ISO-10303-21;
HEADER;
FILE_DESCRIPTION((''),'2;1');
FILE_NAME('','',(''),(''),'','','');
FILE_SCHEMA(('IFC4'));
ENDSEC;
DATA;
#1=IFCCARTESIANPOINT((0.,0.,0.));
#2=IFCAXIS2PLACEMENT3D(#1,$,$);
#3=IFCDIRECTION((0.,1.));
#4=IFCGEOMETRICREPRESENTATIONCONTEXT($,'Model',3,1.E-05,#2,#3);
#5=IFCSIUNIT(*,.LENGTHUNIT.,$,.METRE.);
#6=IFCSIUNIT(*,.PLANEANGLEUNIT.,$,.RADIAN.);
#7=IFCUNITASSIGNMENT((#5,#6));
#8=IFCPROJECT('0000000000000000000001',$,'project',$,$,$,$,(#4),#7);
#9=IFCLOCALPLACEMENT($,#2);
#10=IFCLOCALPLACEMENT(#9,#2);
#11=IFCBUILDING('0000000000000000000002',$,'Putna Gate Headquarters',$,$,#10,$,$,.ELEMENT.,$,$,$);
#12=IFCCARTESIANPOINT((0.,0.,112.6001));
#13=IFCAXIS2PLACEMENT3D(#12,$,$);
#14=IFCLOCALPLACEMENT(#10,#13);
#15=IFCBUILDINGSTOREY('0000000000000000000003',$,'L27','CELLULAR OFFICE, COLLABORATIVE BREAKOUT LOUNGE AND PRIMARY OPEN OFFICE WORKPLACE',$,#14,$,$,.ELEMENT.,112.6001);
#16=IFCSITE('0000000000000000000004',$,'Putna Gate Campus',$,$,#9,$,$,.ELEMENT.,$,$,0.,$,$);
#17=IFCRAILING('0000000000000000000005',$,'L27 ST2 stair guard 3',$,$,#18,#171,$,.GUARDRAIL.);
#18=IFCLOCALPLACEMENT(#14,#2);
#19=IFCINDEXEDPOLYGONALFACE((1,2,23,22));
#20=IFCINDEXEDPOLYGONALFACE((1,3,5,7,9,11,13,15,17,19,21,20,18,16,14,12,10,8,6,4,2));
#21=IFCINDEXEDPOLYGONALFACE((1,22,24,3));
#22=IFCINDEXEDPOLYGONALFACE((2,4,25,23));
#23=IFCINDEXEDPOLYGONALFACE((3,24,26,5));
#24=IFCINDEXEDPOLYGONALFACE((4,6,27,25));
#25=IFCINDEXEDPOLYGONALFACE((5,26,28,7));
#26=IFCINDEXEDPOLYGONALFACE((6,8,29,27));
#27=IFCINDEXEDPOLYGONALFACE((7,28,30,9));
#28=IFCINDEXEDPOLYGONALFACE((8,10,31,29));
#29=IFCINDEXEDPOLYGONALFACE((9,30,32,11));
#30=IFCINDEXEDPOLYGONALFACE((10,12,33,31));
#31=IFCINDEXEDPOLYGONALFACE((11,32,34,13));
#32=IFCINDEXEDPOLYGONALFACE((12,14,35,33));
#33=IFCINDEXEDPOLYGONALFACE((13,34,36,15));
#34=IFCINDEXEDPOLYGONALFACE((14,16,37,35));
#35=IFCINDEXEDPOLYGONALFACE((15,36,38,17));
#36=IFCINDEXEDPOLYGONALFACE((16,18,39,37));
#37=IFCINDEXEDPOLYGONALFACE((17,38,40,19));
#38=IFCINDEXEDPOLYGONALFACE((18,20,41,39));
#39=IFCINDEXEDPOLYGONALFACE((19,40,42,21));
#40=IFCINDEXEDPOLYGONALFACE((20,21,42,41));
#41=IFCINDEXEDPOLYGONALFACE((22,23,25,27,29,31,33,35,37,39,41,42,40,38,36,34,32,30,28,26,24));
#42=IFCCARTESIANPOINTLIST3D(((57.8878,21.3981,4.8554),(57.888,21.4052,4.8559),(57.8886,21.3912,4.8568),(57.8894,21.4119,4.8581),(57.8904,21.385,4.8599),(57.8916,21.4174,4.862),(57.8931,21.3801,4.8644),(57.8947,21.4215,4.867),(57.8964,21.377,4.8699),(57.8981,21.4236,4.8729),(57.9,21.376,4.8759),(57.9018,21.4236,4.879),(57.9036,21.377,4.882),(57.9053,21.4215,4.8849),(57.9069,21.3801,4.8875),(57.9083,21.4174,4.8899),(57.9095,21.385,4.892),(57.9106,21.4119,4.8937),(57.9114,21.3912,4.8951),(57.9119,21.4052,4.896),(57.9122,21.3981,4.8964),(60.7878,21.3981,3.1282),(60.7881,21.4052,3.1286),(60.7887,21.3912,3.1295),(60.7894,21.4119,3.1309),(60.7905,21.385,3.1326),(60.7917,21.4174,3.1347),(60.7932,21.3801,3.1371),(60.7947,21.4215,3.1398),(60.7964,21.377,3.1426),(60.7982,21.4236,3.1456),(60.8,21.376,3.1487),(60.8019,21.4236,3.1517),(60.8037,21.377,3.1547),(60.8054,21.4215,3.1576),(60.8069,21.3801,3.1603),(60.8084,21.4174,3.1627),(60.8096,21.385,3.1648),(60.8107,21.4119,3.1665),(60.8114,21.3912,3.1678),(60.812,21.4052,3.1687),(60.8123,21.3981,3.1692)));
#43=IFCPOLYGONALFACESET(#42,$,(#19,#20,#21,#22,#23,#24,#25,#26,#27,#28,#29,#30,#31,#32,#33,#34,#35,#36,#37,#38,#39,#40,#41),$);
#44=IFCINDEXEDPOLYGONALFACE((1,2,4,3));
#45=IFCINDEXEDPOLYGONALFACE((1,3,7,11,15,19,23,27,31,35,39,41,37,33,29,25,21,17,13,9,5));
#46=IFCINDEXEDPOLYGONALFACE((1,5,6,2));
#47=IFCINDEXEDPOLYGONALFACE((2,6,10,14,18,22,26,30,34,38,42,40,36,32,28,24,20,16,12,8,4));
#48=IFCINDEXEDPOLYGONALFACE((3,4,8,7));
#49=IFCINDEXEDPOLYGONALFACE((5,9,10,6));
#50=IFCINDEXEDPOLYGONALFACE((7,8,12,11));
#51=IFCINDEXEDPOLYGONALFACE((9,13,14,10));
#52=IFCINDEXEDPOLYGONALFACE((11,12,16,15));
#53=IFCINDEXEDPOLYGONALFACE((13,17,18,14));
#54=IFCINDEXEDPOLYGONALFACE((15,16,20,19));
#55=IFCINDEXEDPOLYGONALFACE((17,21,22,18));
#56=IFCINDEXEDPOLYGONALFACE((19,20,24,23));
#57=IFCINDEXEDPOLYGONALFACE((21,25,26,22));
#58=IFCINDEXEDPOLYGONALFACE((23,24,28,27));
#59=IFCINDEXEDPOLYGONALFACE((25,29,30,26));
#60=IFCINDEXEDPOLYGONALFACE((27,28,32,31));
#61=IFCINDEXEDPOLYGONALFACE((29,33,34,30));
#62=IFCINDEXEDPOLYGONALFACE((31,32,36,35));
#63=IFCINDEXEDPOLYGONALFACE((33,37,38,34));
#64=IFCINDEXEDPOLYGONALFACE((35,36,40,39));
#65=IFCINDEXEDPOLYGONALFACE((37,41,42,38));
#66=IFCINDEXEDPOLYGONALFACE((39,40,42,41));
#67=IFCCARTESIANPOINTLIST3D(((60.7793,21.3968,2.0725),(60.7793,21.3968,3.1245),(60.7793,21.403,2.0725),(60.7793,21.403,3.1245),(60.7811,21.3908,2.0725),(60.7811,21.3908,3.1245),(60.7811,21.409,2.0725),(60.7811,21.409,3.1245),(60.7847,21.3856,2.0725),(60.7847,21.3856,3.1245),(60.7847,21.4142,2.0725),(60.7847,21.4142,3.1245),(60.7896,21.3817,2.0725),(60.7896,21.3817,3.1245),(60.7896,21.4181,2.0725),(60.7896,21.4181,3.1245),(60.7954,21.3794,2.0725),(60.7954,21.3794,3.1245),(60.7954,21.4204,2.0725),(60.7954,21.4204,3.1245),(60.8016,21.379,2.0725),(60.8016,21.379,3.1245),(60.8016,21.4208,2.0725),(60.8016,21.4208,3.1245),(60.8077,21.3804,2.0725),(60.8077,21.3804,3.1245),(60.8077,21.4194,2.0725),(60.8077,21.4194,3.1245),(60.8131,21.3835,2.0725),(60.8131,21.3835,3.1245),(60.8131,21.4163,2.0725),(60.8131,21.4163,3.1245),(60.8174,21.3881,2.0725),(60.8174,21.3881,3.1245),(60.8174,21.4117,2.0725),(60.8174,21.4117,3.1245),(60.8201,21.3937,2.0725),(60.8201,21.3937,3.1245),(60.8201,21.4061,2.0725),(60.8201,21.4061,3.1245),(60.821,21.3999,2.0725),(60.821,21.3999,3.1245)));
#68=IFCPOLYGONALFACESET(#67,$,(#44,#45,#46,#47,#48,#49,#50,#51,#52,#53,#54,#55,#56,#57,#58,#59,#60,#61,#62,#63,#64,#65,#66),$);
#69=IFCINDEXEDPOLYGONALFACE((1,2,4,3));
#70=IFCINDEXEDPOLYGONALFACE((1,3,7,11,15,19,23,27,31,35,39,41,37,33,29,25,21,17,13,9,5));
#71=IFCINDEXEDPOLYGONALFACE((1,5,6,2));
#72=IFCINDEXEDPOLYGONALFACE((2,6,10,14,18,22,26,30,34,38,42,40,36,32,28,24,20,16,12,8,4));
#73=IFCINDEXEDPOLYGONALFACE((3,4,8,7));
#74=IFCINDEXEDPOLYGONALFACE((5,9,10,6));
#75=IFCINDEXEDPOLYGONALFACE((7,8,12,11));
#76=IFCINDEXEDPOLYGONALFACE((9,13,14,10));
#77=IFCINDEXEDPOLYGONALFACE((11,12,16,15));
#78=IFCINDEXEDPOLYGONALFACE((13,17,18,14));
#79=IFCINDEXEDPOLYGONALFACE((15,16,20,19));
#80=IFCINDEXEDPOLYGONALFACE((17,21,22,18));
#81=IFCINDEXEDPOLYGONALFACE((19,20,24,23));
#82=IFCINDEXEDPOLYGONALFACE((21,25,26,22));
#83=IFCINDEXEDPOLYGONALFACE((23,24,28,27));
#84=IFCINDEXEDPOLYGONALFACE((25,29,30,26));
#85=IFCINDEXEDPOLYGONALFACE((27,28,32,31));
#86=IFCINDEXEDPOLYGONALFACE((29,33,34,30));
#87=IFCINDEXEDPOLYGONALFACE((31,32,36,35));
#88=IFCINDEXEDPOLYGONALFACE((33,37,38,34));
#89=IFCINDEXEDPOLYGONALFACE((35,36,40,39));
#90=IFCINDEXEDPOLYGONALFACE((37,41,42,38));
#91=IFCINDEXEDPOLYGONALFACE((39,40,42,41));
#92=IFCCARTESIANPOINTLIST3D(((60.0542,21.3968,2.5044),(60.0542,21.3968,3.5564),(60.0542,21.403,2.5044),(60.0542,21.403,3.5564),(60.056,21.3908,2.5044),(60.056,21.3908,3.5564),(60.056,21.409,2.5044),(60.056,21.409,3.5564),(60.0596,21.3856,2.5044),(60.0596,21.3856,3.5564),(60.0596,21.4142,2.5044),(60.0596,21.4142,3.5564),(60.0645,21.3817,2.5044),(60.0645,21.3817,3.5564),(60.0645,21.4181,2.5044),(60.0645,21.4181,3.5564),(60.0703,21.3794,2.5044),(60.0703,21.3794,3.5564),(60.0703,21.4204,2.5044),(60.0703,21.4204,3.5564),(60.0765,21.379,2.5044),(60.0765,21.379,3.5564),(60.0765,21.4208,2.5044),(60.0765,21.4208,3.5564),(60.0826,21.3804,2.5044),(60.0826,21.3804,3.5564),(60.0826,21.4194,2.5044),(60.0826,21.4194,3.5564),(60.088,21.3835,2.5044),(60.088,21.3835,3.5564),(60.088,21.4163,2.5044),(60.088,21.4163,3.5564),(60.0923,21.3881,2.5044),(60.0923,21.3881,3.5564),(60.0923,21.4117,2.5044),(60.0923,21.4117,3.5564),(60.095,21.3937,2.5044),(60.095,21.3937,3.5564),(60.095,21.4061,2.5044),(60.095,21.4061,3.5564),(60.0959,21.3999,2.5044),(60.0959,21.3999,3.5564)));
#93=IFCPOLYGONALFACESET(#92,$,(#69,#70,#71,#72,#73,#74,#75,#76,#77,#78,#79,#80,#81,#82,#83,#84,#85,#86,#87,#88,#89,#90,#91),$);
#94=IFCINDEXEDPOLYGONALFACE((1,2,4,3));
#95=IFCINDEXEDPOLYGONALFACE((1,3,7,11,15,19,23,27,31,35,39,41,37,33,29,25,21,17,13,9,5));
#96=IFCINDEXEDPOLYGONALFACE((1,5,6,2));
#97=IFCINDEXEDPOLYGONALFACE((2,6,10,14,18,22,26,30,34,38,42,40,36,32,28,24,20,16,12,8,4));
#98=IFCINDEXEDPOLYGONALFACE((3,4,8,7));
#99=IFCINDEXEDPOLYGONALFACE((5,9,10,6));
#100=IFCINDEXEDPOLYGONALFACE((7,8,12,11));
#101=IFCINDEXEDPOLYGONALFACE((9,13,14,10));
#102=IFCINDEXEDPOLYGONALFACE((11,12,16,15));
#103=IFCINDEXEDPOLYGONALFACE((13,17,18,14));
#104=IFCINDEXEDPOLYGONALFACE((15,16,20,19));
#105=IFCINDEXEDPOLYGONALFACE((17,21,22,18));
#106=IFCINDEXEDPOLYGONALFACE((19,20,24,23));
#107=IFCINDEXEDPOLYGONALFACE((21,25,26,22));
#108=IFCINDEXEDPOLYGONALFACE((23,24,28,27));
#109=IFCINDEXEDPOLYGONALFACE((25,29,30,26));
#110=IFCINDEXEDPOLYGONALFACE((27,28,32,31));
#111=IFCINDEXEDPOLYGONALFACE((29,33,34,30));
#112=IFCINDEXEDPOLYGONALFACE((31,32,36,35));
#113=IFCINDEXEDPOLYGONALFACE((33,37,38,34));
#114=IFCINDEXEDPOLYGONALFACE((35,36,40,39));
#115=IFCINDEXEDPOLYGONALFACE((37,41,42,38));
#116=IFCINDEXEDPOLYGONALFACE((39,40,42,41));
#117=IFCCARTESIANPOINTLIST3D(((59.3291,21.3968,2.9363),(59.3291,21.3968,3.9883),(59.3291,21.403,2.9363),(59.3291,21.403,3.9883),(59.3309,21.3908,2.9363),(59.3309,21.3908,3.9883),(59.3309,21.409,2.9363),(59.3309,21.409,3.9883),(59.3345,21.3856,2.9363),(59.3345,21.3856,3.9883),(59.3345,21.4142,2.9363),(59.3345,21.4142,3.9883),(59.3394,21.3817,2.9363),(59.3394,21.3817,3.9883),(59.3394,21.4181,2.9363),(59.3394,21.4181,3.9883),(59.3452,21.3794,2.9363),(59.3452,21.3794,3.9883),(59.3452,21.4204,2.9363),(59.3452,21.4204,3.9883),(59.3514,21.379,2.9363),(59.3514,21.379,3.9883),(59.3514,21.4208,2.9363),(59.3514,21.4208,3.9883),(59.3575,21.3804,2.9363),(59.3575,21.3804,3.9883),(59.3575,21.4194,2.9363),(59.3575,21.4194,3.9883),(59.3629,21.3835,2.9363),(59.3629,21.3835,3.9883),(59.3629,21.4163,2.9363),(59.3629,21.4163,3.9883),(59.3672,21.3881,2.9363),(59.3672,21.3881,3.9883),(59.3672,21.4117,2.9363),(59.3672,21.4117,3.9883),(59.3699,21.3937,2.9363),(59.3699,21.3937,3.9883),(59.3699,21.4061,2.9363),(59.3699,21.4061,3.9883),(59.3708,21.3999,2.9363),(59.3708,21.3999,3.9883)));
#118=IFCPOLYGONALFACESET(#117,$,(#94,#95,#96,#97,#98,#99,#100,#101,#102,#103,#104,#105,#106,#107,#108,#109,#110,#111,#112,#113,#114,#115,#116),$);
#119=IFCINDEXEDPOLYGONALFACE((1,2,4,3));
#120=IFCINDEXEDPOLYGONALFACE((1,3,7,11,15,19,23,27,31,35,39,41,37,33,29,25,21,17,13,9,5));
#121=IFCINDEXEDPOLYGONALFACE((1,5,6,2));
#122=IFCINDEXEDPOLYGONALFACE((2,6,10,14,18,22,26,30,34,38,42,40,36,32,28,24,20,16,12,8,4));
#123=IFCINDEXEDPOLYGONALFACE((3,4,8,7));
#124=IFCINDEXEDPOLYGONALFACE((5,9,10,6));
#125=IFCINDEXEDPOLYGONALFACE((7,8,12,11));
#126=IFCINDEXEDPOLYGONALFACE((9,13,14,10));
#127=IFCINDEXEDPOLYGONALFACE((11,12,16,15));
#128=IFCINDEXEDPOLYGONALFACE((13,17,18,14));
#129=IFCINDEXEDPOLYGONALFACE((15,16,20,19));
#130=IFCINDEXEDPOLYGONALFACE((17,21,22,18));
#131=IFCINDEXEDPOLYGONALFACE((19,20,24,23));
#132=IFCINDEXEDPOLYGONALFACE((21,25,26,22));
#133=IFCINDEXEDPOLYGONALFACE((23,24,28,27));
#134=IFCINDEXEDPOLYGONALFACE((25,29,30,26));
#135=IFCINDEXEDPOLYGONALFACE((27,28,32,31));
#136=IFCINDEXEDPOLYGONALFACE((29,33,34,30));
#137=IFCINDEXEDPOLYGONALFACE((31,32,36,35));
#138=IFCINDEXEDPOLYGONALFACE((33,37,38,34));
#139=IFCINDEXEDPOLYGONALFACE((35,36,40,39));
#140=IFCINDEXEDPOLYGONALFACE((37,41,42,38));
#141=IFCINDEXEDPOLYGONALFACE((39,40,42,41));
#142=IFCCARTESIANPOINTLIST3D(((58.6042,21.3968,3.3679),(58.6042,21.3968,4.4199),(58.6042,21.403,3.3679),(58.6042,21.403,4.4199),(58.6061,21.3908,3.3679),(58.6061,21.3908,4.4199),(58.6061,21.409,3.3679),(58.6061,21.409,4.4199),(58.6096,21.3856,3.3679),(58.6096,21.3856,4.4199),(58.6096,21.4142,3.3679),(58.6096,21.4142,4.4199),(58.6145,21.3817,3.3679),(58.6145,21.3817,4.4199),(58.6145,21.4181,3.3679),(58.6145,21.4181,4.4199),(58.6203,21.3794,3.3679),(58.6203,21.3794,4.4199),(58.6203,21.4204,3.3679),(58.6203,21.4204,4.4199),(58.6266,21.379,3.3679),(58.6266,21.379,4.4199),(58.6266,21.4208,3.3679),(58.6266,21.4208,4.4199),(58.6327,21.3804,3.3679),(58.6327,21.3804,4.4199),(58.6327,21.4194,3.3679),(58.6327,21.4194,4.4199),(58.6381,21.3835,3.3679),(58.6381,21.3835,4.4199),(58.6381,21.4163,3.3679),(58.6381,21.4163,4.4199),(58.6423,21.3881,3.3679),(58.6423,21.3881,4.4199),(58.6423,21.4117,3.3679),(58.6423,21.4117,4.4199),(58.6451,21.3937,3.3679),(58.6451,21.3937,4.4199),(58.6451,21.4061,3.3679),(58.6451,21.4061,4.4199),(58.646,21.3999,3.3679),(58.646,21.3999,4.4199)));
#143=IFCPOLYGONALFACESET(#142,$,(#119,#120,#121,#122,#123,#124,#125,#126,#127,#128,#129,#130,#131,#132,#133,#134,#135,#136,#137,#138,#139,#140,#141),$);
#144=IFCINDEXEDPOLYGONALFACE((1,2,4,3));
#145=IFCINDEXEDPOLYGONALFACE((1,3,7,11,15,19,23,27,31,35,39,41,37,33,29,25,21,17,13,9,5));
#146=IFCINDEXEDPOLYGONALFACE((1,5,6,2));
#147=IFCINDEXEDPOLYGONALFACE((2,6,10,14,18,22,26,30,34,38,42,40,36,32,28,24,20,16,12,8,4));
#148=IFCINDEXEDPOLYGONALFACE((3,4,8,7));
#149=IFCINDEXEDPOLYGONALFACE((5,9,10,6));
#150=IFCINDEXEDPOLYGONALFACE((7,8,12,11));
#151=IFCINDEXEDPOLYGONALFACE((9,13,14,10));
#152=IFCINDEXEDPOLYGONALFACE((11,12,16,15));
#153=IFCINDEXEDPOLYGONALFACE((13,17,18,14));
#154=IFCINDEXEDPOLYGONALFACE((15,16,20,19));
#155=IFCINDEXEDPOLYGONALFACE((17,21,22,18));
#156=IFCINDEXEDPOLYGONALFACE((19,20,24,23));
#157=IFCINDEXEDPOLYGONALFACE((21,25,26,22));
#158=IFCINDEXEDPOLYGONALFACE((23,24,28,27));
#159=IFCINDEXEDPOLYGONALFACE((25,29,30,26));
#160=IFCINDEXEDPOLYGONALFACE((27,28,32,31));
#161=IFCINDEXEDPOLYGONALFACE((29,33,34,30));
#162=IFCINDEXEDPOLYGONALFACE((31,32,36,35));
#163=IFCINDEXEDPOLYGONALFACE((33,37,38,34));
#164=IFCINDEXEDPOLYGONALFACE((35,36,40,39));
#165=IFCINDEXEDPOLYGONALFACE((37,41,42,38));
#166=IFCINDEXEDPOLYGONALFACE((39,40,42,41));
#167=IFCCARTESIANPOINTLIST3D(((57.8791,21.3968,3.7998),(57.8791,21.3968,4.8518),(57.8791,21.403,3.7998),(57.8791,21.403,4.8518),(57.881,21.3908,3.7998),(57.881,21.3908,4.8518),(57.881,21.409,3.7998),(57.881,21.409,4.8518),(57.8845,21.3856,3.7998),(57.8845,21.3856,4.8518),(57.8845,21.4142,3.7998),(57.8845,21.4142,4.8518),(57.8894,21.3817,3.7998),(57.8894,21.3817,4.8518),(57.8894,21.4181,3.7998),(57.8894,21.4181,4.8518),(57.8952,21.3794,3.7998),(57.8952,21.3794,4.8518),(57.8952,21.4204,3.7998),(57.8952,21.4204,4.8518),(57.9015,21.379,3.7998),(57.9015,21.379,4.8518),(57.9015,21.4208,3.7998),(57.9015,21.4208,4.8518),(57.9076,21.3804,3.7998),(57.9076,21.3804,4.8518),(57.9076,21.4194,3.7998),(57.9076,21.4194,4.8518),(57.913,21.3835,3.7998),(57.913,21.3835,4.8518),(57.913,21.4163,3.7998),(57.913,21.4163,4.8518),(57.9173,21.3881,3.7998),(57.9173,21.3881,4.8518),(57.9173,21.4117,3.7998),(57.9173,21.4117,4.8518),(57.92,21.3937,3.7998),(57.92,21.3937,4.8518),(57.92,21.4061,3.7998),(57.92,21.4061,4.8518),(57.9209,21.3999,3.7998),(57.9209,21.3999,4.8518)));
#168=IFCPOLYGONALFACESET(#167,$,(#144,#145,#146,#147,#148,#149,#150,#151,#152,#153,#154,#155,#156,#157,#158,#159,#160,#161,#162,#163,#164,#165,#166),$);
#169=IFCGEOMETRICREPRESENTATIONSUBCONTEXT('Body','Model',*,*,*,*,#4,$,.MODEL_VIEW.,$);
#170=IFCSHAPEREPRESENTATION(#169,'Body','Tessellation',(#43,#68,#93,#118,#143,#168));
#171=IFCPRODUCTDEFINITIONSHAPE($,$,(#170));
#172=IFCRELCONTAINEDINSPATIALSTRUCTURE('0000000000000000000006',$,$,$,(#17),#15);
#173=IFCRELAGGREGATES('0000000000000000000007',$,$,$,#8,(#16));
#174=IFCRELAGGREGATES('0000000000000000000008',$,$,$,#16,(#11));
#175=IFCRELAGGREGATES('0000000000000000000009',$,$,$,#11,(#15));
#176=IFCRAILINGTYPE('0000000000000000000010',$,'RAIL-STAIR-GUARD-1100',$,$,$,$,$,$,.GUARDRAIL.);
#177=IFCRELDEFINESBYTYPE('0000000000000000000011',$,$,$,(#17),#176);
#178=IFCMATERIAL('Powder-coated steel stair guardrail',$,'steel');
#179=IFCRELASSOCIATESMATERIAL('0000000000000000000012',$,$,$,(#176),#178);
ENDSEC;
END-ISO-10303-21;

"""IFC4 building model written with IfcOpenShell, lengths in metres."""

from ifc_helpers import new_model, si_unit, direction, frame, origin, origin_2d, place, context, subcontext, project, spatial, circle, extrude, material, type_object, element, save


model = new_model("IFC4")

# Units and contexts
model_context = context("Model", 3, precision=1e-05, world=origin(), true_north=direction((0.0, 1.0)))
body_context = subcontext(model_context, "Body", "Model", "MODEL_VIEW")
ifc_project = project(units=[si_unit("LENGTHUNIT", "METRE"), si_unit("PLANEANGLEUNIT", "RADIAN")], contexts=[model_context])

# Site, building, storey
site_placement = place(None, origin())
site = spatial("IfcSite", under=ifc_project, at=site_placement, Name="Putna Gate Campus", CompositionType="ELEMENT", RefElevation=0.0)
building_placement = place(site_placement, origin())
building = spatial("IfcBuilding", under=site, at=building_placement, Name="Putna Gate Headquarters", CompositionType="ELEMENT")
storey_placement = place(building_placement, frame((0.0, 0.0, 112.6001)))
storey = spatial("IfcBuildingStorey", under=building, at=storey_placement, Name="L27", Description="CELLULAR OFFICE, COLLABORATIVE BREAKOUT LOUNGE AND PRIMARY OPEN OFFICE WORKPLACE", CompositionType="ELEMENT", Elevation=112.6001)

# Railing
ifc_material_1 = material(Name="Powder-coated steel stair guardrail", Category="steel")
railing_type_1 = type_object("IfcRailingType", Name="RAIL-STAIR-GUARD-1100", PredefinedType="GUARDRAIL", material=ifc_material_1)
railing_1_placement = place(storey_placement, frame((60.8, 21.3999, 2.0725)))
element("IfcRailing", 1, at=railing_1_placement, inside=storey, type_object=railing_type_1, Name="L27 ST2 stair guard 3", PredefinedType="GUARDRAIL", context=body_context, shape_type="SweptSolid", body=[
    extrude(circle(Radius=0.0239, at=origin_2d()), frame((0.0, 0.0, 1.0762), z_axis=(-0.85916, 0.0, 0.511706), x_axis=(0.0, -1.0, 0.0)), (0.0, 0.0, 1.0), 3.3755),
    extrude(circle(Radius=0.021, at=origin_2d()), origin(), (0.0, 0.0, 1.0), 1.052),
    extrude(circle(Radius=0.021, at=origin_2d()), frame((-0.7251, 0.0, 0.4319)), (0.0, 0.0, 1.0), 1.052),
    extrude(circle(Radius=0.021, at=origin_2d()), frame((-1.4502, 0.0, 0.8638)), (0.0, 0.0, 1.0), 1.052),
    extrude(circle(Radius=0.021, at=origin_2d()), frame((-2.175, 0.0, 1.2954)), (0.0, 0.0, 1.0), 1.052),
    extrude(circle(Radius=0.021, at=origin_2d()), frame((-2.9001, 0.0, 1.7273)), (0.0, 0.0, 1.0), 1.052),
])

save(model, "model.ifc")
